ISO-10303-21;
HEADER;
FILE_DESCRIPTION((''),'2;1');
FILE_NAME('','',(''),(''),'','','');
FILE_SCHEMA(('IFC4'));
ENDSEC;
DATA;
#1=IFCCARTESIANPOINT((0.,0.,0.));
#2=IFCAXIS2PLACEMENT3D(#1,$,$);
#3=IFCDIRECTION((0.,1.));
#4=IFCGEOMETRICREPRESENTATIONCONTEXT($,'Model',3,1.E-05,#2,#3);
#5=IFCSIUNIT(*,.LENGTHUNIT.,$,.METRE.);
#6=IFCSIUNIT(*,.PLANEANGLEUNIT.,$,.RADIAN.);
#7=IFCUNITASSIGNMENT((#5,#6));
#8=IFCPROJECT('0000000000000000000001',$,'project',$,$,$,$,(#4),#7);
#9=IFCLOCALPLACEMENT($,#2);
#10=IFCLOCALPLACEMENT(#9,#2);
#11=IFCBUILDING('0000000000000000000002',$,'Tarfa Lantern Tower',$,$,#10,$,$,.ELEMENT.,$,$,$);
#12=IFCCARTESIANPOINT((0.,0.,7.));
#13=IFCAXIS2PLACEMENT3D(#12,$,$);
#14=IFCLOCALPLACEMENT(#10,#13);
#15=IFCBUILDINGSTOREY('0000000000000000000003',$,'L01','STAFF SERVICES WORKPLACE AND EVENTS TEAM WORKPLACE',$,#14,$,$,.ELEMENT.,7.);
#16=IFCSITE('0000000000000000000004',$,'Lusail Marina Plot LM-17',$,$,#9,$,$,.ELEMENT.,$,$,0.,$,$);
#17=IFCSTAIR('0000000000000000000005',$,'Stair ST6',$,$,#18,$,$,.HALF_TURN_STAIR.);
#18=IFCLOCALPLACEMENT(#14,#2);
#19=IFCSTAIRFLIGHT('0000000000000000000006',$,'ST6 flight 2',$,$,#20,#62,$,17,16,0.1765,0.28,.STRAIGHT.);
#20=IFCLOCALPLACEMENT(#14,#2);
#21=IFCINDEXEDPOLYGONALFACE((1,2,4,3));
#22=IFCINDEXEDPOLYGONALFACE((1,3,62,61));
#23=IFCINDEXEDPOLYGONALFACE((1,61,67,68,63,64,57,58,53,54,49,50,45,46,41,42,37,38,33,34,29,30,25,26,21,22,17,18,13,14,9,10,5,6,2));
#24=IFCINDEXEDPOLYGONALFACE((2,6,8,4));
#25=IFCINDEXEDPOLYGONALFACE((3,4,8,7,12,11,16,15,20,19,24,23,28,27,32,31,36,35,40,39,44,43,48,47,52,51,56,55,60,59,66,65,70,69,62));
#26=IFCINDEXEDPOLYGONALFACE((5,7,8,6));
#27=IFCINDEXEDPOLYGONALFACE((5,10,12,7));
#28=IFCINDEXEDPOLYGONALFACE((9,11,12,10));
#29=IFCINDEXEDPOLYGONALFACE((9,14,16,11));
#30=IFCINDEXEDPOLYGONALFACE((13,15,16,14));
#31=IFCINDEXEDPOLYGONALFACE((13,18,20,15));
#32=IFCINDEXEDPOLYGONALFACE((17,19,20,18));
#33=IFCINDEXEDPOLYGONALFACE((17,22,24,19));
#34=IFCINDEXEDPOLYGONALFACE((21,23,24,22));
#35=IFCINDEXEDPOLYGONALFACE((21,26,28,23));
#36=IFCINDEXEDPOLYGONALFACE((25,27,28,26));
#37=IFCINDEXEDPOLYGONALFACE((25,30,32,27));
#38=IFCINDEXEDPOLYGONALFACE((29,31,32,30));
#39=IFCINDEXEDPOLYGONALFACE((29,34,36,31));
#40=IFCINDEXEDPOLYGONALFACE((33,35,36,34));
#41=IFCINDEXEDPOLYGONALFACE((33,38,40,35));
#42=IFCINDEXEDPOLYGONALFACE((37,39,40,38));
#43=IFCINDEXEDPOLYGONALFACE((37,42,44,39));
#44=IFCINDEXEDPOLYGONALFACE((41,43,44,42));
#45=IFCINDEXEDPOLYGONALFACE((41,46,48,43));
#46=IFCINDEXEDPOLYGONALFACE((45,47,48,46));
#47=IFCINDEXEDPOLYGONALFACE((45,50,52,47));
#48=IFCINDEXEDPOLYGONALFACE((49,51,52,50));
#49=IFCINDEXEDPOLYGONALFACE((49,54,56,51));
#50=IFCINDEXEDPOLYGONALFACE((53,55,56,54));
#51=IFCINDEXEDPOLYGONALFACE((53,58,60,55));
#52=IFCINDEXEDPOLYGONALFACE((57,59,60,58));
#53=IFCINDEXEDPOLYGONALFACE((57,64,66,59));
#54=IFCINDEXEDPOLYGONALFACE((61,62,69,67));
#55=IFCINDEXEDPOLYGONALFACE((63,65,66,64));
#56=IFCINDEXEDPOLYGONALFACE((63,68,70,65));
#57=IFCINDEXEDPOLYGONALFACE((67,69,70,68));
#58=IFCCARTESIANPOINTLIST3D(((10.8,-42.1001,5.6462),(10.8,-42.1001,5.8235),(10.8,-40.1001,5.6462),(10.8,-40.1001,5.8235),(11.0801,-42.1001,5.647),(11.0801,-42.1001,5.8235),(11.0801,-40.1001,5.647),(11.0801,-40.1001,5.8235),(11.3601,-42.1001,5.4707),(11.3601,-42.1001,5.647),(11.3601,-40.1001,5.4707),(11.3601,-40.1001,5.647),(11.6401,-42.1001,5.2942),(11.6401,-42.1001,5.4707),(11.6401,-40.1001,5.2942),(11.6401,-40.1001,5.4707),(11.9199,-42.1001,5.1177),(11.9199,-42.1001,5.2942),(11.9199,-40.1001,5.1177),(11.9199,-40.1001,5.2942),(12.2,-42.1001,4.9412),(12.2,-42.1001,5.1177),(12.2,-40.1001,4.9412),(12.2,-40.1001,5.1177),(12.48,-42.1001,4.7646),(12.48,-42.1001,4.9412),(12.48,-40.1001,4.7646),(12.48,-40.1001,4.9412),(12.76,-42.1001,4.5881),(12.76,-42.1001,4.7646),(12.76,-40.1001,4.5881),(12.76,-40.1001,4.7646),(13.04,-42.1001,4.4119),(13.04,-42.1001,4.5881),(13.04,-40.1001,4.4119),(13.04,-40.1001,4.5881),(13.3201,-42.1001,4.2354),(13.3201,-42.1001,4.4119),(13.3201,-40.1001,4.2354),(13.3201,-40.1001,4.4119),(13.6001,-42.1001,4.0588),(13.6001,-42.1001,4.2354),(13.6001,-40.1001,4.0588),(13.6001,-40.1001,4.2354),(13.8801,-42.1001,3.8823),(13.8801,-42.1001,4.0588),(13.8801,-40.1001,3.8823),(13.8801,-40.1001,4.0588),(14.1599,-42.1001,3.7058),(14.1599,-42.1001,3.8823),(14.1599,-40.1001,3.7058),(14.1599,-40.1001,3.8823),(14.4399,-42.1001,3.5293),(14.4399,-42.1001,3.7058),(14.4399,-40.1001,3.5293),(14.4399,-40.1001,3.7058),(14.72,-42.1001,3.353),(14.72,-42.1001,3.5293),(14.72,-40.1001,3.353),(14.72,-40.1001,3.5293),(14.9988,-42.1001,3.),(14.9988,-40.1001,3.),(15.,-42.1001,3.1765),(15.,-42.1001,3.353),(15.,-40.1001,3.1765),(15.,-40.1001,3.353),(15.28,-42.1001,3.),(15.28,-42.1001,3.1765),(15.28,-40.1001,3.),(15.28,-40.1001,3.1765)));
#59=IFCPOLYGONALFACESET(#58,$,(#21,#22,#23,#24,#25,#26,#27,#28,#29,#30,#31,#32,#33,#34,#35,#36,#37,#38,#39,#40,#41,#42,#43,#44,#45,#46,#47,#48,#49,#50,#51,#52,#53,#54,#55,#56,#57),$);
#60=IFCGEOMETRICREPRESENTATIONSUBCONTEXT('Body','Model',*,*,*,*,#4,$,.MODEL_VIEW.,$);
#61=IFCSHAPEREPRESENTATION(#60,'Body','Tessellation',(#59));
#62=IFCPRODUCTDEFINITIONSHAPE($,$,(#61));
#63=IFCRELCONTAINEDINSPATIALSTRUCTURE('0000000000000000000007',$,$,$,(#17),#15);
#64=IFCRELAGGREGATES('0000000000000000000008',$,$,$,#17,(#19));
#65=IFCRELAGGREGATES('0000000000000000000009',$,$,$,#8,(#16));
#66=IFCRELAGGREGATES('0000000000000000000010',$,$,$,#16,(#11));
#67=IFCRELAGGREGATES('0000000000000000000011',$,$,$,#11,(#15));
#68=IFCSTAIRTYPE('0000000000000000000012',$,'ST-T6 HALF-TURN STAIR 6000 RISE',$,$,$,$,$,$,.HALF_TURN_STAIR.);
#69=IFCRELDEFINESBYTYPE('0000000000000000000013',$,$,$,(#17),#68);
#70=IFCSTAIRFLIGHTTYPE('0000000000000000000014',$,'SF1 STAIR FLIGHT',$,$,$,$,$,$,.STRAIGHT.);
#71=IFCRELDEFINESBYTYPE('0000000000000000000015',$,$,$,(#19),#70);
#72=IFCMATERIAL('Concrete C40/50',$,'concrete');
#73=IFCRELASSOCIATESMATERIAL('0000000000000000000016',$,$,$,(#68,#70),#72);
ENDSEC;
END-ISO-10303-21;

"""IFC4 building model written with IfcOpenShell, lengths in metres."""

from ifc_helpers import new_model, si_unit, direction, frame, origin, place, context, subcontext, project, spatial, polyline, outline, extrude, material, type_object, element, aggregate, save


model = new_model("IFC4")

# Units and contexts
model_context = context("Model", 3, precision=1e-05, world=origin(), true_north=direction((0.0, 1.0)))
body_context = subcontext(model_context, "Body", "Model", "MODEL_VIEW")
ifc_project = project(units=[si_unit("LENGTHUNIT", "METRE"), si_unit("PLANEANGLEUNIT", "RADIAN")], contexts=[model_context])

# Site, building, storey
site_placement = place(None, origin())
site = spatial("IfcSite", under=ifc_project, at=site_placement, Name="Lusail Marina Plot LM-17", CompositionType="ELEMENT", RefElevation=0.0)
building_placement = place(site_placement, origin())
building = spatial("IfcBuilding", under=site, at=building_placement, Name="Tarfa Lantern Tower", CompositionType="ELEMENT")
storey_placement = place(building_placement, frame((0.0, 0.0, 7.0)))
storey = spatial("IfcBuildingStorey", under=building, at=storey_placement, Name="L01", Description="STAFF SERVICES WORKPLACE AND EVENTS TEAM WORKPLACE", CompositionType="ELEMENT", Elevation=7.0)

# Stair, stair flight
ifc_material_1 = material(Name="Concrete C40/50", Category="concrete")
stair_type = type_object("IfcStairType", Name="ST-T6 HALF-TURN STAIR 6000 RISE", PredefinedType="HALF_TURN_STAIR", material=ifc_material_1)
stair_placement = place(storey_placement, origin())
stair = element("IfcStair", 1, at=stair_placement, inside=storey, type_object=stair_type, Name="Stair ST6", PredefinedType="HALF_TURN_STAIR")
stair_flight_type = type_object("IfcStairFlightType", Name="SF1 STAIR FLIGHT", PredefinedType="STRAIGHT", material=ifc_material_1)
stair_flight_1_placement = place(storey_placement, frame((15.28, -41.1001, 3.0), z_axis=(0.0, 0.0, 1.0), x_axis=(-1.0, 0.0, 0.0)))
stair_flight_1 = element("IfcStairFlight", 2, at=stair_flight_1_placement, type_object=stair_flight_type, Name="ST6 flight 2", NumberOfRisers=17, NumberOfTreads=16, PredefinedType="STRAIGHT", RiserHeight=0.1765, TreadLength=0.28, context=body_context, shape_type="SweptSolid", body=[
    extrude(outline(polyline([(0.0, 0.0), (0.0, 0.1765), (0.28, 0.1765), (0.28, 0.353), (0.5601, 0.353), (0.5601, 0.5293), (0.8401, 0.5293), (0.8401, 0.7058), (1.1201, 0.7058), (1.1201, 0.8823), (1.3999, 0.8823), (1.3999, 1.0588), (1.6799, 1.0588), (1.6799, 1.2354), (1.96, 1.2354), (1.96, 1.4119), (2.24, 1.4119), (2.24, 1.5881), (2.52, 1.5881), (2.52, 1.7646), (2.8, 1.7646), (2.8, 1.9412), (3.0801, 1.9412), (3.0801, 2.1177), (3.3601, 2.1177), (3.3601, 2.2942), (3.6399, 2.2942), (3.6399, 2.4707), (3.9199, 2.4707), (3.9199, 2.647), (4.2, 2.647), (4.2, 2.8235), (4.48, 2.8235), (4.48, 3.0), (4.48, 2.6462), (0.2812, 0.0), (0.0, 0.0)])), frame((0.0, 1.0, 0.0), z_axis=(0.0, -1.0, 0.0), x_axis=(1.0, 0.0, 0.0)), (0.0, 0.0, 1.0), 2.0),
])
aggregate(stair, [stair_flight_1])

save(model, "model.ifc")
